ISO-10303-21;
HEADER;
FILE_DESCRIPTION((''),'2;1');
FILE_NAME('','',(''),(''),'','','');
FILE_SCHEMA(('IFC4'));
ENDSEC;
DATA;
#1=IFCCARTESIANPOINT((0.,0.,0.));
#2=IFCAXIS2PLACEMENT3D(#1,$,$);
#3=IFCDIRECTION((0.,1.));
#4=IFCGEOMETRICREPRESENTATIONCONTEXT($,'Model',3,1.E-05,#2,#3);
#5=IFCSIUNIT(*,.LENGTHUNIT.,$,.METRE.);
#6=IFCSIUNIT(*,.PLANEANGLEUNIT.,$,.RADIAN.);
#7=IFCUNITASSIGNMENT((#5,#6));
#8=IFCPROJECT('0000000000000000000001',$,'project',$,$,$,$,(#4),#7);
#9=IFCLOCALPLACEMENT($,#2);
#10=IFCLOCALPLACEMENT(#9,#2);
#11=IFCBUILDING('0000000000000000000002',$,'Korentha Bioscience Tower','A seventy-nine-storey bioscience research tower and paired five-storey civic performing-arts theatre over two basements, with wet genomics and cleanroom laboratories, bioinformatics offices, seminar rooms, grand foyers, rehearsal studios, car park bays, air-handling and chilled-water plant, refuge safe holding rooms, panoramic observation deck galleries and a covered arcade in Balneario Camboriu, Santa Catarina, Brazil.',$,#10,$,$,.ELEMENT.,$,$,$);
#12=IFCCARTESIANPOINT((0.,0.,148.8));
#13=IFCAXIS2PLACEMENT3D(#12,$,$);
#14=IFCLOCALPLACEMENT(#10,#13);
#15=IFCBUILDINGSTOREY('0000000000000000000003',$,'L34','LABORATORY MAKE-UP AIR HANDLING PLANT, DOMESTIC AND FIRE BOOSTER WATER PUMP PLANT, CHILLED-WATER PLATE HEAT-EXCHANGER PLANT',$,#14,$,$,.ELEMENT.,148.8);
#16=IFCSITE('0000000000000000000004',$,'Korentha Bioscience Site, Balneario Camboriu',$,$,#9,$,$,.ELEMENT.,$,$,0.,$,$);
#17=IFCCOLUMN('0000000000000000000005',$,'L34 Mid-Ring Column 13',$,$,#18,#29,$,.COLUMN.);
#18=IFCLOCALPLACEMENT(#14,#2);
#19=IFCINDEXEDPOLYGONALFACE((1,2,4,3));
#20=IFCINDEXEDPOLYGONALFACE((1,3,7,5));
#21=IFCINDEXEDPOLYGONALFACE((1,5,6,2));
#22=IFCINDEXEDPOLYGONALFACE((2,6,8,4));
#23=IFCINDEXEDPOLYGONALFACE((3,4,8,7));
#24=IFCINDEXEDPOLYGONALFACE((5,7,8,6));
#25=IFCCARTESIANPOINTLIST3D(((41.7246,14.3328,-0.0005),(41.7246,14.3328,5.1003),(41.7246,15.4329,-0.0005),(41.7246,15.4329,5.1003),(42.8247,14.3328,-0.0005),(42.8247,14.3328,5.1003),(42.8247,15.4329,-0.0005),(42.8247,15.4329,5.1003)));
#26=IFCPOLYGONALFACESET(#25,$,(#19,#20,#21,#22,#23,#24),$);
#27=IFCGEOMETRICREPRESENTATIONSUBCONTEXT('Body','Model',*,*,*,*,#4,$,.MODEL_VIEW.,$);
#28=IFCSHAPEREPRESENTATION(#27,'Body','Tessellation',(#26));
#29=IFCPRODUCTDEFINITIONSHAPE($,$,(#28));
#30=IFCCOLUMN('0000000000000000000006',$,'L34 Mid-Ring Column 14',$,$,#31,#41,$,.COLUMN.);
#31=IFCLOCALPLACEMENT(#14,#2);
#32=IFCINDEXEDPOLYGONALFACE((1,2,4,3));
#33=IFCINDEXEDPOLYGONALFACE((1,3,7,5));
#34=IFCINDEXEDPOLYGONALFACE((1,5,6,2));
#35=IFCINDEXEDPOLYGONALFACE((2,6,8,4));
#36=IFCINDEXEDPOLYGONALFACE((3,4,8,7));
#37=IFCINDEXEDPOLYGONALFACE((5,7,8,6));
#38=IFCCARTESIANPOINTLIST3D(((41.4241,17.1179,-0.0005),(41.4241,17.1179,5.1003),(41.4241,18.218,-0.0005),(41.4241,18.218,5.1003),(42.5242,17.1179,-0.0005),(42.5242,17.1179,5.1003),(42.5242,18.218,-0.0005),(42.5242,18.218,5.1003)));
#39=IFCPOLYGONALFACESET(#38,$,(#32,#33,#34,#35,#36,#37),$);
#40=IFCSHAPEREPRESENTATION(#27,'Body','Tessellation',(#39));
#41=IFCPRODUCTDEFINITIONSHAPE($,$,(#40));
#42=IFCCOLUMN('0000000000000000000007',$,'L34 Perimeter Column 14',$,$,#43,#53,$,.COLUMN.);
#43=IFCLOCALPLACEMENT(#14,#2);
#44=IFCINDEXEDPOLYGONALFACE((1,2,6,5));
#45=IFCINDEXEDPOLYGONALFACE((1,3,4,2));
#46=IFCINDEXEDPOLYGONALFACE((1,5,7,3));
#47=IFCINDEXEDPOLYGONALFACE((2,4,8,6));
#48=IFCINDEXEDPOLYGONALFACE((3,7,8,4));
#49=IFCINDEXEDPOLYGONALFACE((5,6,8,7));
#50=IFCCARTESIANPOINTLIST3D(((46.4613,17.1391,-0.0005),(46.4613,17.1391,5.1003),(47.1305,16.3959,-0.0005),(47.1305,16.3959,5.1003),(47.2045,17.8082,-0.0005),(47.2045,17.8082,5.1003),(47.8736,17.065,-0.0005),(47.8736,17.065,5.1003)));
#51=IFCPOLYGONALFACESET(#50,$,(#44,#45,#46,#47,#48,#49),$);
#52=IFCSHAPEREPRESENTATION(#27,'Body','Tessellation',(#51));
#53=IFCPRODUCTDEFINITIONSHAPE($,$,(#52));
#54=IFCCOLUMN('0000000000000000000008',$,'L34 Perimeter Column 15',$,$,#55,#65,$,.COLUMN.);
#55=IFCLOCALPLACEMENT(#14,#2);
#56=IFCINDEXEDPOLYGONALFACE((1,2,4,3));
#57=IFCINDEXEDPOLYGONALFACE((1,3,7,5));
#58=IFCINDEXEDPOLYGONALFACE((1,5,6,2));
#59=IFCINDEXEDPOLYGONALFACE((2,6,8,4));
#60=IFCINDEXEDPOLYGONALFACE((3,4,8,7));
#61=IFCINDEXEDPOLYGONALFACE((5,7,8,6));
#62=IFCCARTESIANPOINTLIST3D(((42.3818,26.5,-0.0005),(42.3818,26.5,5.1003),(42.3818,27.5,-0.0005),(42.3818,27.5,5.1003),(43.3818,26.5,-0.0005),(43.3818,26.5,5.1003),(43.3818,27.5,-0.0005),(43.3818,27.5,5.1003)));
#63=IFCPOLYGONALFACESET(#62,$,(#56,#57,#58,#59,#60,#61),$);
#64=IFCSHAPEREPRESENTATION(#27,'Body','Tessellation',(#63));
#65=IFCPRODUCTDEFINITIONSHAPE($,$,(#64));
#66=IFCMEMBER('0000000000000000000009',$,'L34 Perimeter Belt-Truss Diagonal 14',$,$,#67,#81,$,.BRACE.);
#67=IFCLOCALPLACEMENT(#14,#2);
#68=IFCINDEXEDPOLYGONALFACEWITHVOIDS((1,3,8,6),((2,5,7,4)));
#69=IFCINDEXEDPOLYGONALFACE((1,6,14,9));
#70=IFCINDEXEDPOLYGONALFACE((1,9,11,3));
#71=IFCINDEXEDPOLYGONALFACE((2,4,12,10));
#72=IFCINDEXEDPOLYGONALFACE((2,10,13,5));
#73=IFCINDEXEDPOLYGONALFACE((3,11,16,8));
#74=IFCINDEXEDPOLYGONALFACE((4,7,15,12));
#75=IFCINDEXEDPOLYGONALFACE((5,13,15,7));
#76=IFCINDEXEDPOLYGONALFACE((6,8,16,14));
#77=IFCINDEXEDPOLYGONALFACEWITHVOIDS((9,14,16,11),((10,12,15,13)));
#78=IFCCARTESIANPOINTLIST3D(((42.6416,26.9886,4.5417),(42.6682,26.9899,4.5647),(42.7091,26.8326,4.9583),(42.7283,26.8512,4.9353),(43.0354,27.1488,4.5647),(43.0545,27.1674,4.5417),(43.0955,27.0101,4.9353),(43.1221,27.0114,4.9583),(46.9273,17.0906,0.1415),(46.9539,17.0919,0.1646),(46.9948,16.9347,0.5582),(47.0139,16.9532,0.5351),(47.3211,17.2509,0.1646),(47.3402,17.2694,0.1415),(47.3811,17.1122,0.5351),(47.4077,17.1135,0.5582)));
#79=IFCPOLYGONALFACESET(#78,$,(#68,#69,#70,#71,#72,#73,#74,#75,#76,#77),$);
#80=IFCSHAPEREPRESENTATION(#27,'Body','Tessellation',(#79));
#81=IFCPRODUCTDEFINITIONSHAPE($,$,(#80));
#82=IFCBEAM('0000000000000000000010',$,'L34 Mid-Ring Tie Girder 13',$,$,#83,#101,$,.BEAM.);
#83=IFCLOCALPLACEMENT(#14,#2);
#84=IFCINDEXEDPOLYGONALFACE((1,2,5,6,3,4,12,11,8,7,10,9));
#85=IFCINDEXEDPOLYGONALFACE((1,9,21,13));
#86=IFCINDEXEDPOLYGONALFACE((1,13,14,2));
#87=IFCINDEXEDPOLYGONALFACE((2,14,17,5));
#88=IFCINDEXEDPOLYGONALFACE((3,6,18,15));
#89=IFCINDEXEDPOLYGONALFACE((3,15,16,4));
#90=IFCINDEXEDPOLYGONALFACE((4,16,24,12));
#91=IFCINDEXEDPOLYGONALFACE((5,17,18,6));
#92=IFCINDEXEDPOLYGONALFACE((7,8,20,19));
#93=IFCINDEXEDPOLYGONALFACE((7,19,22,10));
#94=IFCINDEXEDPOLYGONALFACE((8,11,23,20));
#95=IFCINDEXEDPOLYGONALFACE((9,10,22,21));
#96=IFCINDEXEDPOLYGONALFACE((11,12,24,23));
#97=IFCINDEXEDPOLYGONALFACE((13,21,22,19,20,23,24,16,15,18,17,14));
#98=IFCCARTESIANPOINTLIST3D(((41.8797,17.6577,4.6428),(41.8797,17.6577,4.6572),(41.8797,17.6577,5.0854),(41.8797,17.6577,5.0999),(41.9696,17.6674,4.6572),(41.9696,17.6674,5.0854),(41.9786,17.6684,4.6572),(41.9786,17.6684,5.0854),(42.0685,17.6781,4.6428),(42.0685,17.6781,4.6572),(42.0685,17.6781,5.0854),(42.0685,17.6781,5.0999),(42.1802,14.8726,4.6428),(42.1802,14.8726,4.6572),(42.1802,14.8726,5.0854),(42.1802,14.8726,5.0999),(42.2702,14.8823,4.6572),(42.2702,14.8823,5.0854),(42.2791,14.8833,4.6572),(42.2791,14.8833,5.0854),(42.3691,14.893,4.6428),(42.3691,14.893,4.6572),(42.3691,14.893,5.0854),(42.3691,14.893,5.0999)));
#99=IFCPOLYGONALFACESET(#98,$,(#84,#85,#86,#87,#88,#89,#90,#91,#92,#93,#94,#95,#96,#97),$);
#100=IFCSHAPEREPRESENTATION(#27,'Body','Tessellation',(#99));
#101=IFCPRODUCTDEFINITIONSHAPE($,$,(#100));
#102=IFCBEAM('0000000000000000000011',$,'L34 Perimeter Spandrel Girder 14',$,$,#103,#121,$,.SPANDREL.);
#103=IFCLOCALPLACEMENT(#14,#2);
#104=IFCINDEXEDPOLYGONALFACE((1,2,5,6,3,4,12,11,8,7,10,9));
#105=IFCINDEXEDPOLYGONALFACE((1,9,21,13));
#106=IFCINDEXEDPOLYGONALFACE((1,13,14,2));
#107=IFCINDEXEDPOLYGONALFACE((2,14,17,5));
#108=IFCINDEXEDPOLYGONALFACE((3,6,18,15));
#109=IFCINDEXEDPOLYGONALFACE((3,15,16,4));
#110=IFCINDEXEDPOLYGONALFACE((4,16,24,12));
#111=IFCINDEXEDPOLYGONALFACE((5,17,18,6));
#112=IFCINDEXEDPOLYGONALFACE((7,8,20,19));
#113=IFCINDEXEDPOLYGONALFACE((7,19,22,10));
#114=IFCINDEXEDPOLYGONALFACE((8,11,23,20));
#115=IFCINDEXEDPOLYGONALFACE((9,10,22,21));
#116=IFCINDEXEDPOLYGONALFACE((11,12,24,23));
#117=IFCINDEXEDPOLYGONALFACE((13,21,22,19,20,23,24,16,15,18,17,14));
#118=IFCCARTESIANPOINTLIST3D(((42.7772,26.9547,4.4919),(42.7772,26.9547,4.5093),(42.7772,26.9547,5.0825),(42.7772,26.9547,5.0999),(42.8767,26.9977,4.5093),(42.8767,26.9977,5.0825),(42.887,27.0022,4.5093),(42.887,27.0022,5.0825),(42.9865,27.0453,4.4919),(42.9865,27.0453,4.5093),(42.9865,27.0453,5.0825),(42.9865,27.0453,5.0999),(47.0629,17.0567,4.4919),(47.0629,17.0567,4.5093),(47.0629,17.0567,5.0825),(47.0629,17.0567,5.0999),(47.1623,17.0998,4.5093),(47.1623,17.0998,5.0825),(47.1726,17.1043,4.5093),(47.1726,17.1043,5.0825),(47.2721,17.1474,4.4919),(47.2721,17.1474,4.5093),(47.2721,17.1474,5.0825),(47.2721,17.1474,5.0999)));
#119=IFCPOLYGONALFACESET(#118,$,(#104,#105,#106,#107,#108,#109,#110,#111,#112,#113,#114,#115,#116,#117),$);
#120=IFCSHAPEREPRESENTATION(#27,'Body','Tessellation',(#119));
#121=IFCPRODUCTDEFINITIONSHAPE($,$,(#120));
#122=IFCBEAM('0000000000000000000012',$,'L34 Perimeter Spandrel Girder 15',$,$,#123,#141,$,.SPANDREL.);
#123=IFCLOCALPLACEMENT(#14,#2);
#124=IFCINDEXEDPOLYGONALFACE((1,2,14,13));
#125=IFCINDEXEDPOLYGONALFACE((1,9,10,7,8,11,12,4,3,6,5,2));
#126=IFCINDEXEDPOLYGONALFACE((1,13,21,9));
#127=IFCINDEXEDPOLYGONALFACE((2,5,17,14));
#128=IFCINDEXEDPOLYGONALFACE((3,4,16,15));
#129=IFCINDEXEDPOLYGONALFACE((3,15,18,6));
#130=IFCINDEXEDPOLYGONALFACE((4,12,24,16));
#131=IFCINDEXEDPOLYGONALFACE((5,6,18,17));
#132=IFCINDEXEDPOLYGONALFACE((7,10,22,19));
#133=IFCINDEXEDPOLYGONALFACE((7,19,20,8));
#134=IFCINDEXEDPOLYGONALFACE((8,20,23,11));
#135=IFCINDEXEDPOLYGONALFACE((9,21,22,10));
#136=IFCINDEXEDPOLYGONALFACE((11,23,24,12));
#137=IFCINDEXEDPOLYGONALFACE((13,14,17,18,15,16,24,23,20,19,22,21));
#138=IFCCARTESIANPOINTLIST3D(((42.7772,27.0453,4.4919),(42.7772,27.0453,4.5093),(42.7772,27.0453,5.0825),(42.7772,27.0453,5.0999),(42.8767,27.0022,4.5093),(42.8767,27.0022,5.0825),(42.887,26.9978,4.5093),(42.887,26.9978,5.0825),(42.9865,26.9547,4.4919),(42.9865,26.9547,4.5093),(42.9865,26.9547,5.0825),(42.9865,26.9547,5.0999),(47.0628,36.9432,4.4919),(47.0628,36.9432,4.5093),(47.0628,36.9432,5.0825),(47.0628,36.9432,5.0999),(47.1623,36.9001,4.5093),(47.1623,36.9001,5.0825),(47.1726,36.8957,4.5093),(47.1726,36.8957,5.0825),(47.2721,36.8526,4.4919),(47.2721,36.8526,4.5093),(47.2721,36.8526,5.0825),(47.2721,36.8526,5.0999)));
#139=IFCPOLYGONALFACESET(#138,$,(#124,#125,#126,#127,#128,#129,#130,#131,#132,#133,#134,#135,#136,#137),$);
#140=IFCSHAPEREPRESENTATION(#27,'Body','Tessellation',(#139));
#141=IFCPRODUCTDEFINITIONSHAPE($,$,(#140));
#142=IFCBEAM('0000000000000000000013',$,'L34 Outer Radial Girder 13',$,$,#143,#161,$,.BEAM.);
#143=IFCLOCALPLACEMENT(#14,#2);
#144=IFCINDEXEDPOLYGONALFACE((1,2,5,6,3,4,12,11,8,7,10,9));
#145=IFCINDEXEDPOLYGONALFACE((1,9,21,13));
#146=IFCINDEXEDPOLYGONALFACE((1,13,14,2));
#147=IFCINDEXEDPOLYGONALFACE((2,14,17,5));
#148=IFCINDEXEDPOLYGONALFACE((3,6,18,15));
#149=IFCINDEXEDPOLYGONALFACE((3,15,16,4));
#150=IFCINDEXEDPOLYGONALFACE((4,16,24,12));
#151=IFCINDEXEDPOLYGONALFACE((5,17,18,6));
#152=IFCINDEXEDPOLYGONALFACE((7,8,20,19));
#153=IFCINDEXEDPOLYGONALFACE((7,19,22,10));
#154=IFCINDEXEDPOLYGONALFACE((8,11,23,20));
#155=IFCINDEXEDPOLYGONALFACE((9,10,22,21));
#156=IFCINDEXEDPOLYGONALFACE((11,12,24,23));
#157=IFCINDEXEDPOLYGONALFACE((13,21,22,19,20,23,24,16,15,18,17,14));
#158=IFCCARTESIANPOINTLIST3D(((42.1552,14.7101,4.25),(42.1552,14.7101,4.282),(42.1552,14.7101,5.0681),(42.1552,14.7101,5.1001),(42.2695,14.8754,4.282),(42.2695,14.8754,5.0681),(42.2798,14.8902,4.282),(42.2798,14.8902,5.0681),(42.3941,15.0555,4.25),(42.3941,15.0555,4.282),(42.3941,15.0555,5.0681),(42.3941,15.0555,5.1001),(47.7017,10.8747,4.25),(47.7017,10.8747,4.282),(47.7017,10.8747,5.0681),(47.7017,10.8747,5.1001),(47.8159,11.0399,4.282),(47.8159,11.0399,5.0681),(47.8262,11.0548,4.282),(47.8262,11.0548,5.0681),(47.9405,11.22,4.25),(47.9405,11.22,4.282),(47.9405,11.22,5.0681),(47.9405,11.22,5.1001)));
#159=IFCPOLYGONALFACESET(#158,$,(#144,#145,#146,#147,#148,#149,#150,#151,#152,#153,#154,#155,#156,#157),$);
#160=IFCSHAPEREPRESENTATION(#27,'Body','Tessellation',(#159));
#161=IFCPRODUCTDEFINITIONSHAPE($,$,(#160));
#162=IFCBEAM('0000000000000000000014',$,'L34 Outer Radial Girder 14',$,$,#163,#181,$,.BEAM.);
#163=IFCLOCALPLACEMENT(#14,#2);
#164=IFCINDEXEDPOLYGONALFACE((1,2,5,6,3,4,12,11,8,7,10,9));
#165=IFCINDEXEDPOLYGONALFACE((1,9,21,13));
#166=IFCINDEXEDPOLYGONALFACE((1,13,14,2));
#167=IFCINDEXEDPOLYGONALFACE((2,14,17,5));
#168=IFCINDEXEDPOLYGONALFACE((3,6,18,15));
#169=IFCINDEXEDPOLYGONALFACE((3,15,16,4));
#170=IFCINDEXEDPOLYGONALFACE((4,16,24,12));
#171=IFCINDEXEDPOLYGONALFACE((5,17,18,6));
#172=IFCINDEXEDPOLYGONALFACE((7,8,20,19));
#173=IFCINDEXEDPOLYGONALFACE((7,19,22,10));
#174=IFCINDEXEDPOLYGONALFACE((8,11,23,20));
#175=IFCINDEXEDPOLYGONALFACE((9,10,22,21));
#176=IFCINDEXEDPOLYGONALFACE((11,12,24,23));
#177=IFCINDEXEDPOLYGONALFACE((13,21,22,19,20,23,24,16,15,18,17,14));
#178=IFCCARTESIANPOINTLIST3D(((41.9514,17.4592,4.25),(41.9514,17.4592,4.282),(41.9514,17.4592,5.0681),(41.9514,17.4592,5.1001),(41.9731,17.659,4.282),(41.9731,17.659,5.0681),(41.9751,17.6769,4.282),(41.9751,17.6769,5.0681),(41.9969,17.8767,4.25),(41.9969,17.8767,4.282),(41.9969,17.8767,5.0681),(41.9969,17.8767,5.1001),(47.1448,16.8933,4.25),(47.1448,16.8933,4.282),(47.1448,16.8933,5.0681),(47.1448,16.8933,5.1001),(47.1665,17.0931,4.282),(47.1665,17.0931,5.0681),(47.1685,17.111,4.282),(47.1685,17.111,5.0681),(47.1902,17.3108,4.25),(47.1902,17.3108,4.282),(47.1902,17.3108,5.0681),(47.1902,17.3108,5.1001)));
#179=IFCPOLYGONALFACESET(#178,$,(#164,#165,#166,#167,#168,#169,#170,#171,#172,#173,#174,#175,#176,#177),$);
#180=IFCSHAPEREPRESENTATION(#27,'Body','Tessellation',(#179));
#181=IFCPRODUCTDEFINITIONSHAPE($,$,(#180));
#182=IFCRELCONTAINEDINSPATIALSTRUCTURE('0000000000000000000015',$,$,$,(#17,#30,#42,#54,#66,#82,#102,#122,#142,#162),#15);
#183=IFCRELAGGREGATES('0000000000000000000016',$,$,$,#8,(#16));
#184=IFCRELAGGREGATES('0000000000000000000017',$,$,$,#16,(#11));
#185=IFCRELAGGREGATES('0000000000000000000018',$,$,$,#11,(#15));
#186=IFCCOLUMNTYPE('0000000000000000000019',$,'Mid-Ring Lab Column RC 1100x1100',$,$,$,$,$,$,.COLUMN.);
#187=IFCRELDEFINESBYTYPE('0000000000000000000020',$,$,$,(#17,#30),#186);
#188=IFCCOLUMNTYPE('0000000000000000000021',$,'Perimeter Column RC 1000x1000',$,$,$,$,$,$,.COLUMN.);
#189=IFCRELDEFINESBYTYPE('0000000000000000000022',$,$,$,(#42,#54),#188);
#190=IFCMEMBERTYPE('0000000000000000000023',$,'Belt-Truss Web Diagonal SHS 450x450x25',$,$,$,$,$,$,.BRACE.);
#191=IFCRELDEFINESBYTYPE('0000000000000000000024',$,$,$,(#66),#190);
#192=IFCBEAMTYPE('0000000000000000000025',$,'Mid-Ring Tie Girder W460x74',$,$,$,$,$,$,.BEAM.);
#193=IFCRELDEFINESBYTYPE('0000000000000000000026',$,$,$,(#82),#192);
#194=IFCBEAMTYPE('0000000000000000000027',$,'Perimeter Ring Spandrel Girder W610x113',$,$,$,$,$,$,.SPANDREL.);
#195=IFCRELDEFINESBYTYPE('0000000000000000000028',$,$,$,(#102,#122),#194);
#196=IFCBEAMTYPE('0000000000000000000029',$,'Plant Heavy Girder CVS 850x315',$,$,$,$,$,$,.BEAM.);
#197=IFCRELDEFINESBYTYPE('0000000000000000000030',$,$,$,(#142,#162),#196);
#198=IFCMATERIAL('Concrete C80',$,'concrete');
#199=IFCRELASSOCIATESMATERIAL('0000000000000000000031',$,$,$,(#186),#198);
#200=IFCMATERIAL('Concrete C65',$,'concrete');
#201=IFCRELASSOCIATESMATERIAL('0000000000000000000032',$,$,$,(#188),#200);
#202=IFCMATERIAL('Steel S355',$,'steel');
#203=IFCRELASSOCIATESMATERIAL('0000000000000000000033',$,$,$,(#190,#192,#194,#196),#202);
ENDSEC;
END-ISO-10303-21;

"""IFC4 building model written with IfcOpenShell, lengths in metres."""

from ifc_helpers import new_model, si_unit, direction, frame, origin, origin_2d, place, context, subcontext, project, spatial, rectangle, hollow_rectangle, i_section, extrude, material, material_profile, profile_set, type_object, element, save


model = new_model("IFC4")

# Units and contexts
model_context = context("Model", 3, precision=1e-05, world=origin(), true_north=direction((0.0, 1.0)))
body_context = subcontext(model_context, "Body", "Model", "MODEL_VIEW")
ifc_project = project(units=[si_unit("LENGTHUNIT", "METRE"), si_unit("PLANEANGLEUNIT", "RADIAN")], contexts=[model_context])

# Site, building, storey
site_placement = place(None, origin())
site = spatial("IfcSite", under=ifc_project, at=site_placement, Name="Korentha Bioscience Site, Balneario Camboriu", CompositionType="ELEMENT", RefElevation=0.0)
building_placement = place(site_placement, origin())
building = spatial("IfcBuilding", under=site, at=building_placement, Name="Korentha Bioscience Tower", Description="A seventy-nine-storey bioscience research tower and paired five-storey civic performing-arts theatre over two basements, with wet genomics and cleanroom laboratories, bioinformatics offices, seminar rooms, grand foyers, rehearsal studios, car park bays, air-handling and chilled-water plant, refuge safe holding rooms, panoramic observation deck galleries and a covered arcade in Balneario Camboriu, Santa Catarina, Brazil.", CompositionType="ELEMENT")
storey_placement = place(building_placement, frame((0.0, 0.0, 148.8)))
storey = spatial("IfcBuildingStorey", under=building, at=storey_placement, Name="L34", Description="LABORATORY MAKE-UP AIR HANDLING PLANT, DOMESTIC AND FIRE BOOSTER WATER PUMP PLANT, CHILLED-WATER PLATE HEAT-EXCHANGER PLANT", CompositionType="ELEMENT", Elevation=148.8)

# Columns
ifc_material_1 = material(Name="Concrete C80", Category="concrete")
ifc_material_profile_1 = material_profile(ifc_material_1, rectangle(XDim=1.1001, YDim=1.1001, at=origin_2d()), Name="Concrete C80")
ifc_profile_set_1 = profile_set([ifc_material_profile_1], Name="Concrete C80 (COL-MR11)")
column_type_1 = type_object("IfcColumnType", Name="Mid-Ring Lab Column RC 1100x1100", PredefinedType="COLUMN", material=ifc_profile_set_1)
for number, where, z_axis, x_axis, name in (
    (1, (42.2747, 14.8828, -0.0005), (0.0, 0.0, 1.0), (1.0, 0.0, 0.0), "L34 Mid-Ring Column 13"),
    (2, (41.9741, 17.668, -0.0005), (0.0, 0.0, 1.0), (1.0, 0.0, 0.0), "L34 Mid-Ring Column 14"),
):
    element("IfcColumn", number, at=place(storey_placement, frame(where, z_axis=z_axis, x_axis=x_axis)), inside=storey, type_object=column_type_1, Name=name, PredefinedType="COLUMN", context=body_context, shape_type="SweptSolid", body=[
        extrude(rectangle(XDim=1.1001, YDim=1.1001, at=origin_2d()), origin(), (0.0, 0.0, 1.0), 5.1008),
    ])
ifc_material_2 = material(Name="Concrete C65", Category="concrete")
ifc_material_profile_2 = material_profile(ifc_material_2, rectangle(XDim=1.0, YDim=1.0, at=origin_2d()), Name="Concrete C65")
ifc_profile_set_2 = profile_set([ifc_material_profile_2], Name="Concrete C65 (COL-P10)")
column_type_2 = type_object("IfcColumnType", Name="Perimeter Column RC 1000x1000", PredefinedType="COLUMN", material=ifc_profile_set_2)
for number, where, z_axis, x_axis, name in (
    (3, (47.1675, 17.1021, -0.0005), (0.0, 0.0, 1.0), (-0.669131, 0.743145, 0.0), "L34 Perimeter Column 14"),
    (4, (42.8818, 27.0, -0.0005), (0.0, 0.0, 1.0), (0.0, 1.0, 0.0), "L34 Perimeter Column 15"),
):
    element("IfcColumn", number, at=place(storey_placement, frame(where, z_axis=z_axis, x_axis=x_axis)), inside=storey, type_object=column_type_2, Name=name, PredefinedType="COLUMN", context=body_context, shape_type="SweptSolid", body=[
        extrude(rectangle(XDim=1.0, YDim=1.0, at=origin_2d()), origin(), (0.0, 0.0, 1.0), 5.1008),
    ])

# Member
ifc_material_3 = material(Name="Steel S355", Category="steel")
ifc_material_profile_3 = material_profile(ifc_material_3, hollow_rectangle(XDim=0.45, YDim=0.45, WallThickness=0.0249, at=origin_2d()), Name="Steel S355")
ifc_profile_set_3 = profile_set([ifc_material_profile_3], Name="Steel S355 (BT-D450)")
member_type = type_object("IfcMemberType", Name="Belt-Truss Web Diagonal SHS 450x450x25", PredefinedType="BRACE", material=ifc_profile_set_3)
member_placement = place(storey_placement, frame((47.1675, 17.1021, 0.3499), z_axis=(-0.3679, 0.849688, 0.37773), x_axis=(-0.917673, -0.397337, 0.0)))
element("IfcMember", 5, at=member_placement, inside=storey, type_object=member_type, Name="L34 Perimeter Belt-Truss Diagonal 14", PredefinedType="BRACE", context=body_context, shape_type="SweptSolid", body=[
    extrude(hollow_rectangle(XDim=0.45, YDim=0.45, WallThickness=0.0249, at=origin_2d()), origin(), (0.0, 0.0, 1.0), 11.6489),
])

# Beams
ifc_material_profile_4 = material_profile(ifc_material_3, i_section(OverallWidth=0.1899, OverallDepth=0.457, WebThickness=0.009, FlangeThickness=0.0144, at=origin_2d()), Name="Steel S355")
ifc_profile_set_4 = profile_set([ifc_material_profile_4], Name="Steel S355 (MB-460)")
beam_type_1 = type_object("IfcBeamType", Name="Mid-Ring Tie Girder W460x74", PredefinedType="BEAM", material=ifc_profile_set_4)
beam_1_placement = place(storey_placement, frame((42.2747, 14.8828, 4.8713), z_axis=(-0.107284, 0.994228, 0.0), x_axis=(-0.994228, -0.107284, 0.0)))
element("IfcBeam", 6, at=beam_1_placement, inside=storey, type_object=beam_type_1, Name="L34 Mid-Ring Tie Girder 13", PredefinedType="BEAM", context=body_context, shape_type="SweptSolid", body=[
    extrude(i_section(OverallWidth=0.1899, OverallDepth=0.457, WebThickness=0.009, FlangeThickness=0.0144, at=origin_2d()), origin(), (0.0, 0.0, 1.0), 2.8013),
])
ifc_material_profile_5 = material_profile(ifc_material_3, i_section(OverallWidth=0.228, OverallDepth=0.6079, WebThickness=0.0112, FlangeThickness=0.0173, at=origin_2d()), Name="Steel S355")
ifc_profile_set_5 = profile_set([ifc_material_profile_5], Name="Steel S355 (SB-610)")
beam_type_2 = type_object("IfcBeamType", Name="Perimeter Ring Spandrel Girder W610x113", PredefinedType="SPANDREL", material=ifc_profile_set_5)
for number, where, z_axis, x_axis, name in (
    (7, (47.1675, 17.1021, 4.7959), (-0.397337, 0.917673, 0.0), (-0.917673, -0.397337, 0.0), "L34 Perimeter Spandrel Girder 14"),
    (8, (42.8818, 27.0, 4.7959), (0.397337, 0.917673, 0.0), (-0.917673, 0.397337, 0.0), "L34 Perimeter Spandrel Girder 15"),
):
    element("IfcBeam", number, at=place(storey_placement, frame(where, z_axis=z_axis, x_axis=x_axis)), inside=storey, type_object=beam_type_2, Name=name, PredefinedType="SPANDREL", context=body_context, shape_type="SweptSolid", body=[
        extrude(i_section(OverallWidth=0.228, OverallDepth=0.6079, WebThickness=0.0112, FlangeThickness=0.0173, at=origin_2d()), origin(), (0.0, 0.0, 1.0), 10.7859),
    ])
ifc_material_profile_6 = material_profile(ifc_material_3, i_section(OverallWidth=0.4199, OverallDepth=0.8501, WebThickness=0.0181, FlangeThickness=0.032, at=origin_2d()), Name="Steel S355")
ifc_profile_set_6 = profile_set([ifc_material_profile_6], Name="Steel S355 (MB-850)")
beam_type_3 = type_object("IfcBeamType", Name="Plant Heavy Girder CVS 850x315", PredefinedType="BEAM", material=ifc_profile_set_6)
beam_2_placement = place(storey_placement, frame((42.2747, 14.8828, 4.675), z_axis=(0.822494, -0.568773, 0.0), x_axis=(0.568773, 0.822494, 0.0)))
element("IfcBeam", 9, at=beam_2_placement, inside=storey, type_object=beam_type_3, Name="L34 Outer Radial Girder 13", PredefinedType="BEAM", context=body_context, shape_type="SweptSolid", body=[
    extrude(i_section(OverallWidth=0.4199, OverallDepth=0.8501, WebThickness=0.0181, FlangeThickness=0.032, at=origin_2d()), origin(), (0.0, 0.0, 1.0), 6.7434),
])
beam_3_placement = place(storey_placement, frame((41.9741, 17.668, 4.675), z_axis=(0.994115, -0.108328, 0.0), x_axis=(0.108328, 0.994115, 0.0)))
element("IfcBeam", 10, at=beam_3_placement, inside=storey, type_object=beam_type_3, Name="L34 Outer Radial Girder 14", PredefinedType="BEAM", context=body_context, shape_type="SweptSolid", body=[
    extrude(i_section(OverallWidth=0.4199, OverallDepth=0.8501, WebThickness=0.0181, FlangeThickness=0.032, at=origin_2d()), origin(), (0.0, 0.0, 1.0), 5.2241),
])

save(model, "model.ifc")
